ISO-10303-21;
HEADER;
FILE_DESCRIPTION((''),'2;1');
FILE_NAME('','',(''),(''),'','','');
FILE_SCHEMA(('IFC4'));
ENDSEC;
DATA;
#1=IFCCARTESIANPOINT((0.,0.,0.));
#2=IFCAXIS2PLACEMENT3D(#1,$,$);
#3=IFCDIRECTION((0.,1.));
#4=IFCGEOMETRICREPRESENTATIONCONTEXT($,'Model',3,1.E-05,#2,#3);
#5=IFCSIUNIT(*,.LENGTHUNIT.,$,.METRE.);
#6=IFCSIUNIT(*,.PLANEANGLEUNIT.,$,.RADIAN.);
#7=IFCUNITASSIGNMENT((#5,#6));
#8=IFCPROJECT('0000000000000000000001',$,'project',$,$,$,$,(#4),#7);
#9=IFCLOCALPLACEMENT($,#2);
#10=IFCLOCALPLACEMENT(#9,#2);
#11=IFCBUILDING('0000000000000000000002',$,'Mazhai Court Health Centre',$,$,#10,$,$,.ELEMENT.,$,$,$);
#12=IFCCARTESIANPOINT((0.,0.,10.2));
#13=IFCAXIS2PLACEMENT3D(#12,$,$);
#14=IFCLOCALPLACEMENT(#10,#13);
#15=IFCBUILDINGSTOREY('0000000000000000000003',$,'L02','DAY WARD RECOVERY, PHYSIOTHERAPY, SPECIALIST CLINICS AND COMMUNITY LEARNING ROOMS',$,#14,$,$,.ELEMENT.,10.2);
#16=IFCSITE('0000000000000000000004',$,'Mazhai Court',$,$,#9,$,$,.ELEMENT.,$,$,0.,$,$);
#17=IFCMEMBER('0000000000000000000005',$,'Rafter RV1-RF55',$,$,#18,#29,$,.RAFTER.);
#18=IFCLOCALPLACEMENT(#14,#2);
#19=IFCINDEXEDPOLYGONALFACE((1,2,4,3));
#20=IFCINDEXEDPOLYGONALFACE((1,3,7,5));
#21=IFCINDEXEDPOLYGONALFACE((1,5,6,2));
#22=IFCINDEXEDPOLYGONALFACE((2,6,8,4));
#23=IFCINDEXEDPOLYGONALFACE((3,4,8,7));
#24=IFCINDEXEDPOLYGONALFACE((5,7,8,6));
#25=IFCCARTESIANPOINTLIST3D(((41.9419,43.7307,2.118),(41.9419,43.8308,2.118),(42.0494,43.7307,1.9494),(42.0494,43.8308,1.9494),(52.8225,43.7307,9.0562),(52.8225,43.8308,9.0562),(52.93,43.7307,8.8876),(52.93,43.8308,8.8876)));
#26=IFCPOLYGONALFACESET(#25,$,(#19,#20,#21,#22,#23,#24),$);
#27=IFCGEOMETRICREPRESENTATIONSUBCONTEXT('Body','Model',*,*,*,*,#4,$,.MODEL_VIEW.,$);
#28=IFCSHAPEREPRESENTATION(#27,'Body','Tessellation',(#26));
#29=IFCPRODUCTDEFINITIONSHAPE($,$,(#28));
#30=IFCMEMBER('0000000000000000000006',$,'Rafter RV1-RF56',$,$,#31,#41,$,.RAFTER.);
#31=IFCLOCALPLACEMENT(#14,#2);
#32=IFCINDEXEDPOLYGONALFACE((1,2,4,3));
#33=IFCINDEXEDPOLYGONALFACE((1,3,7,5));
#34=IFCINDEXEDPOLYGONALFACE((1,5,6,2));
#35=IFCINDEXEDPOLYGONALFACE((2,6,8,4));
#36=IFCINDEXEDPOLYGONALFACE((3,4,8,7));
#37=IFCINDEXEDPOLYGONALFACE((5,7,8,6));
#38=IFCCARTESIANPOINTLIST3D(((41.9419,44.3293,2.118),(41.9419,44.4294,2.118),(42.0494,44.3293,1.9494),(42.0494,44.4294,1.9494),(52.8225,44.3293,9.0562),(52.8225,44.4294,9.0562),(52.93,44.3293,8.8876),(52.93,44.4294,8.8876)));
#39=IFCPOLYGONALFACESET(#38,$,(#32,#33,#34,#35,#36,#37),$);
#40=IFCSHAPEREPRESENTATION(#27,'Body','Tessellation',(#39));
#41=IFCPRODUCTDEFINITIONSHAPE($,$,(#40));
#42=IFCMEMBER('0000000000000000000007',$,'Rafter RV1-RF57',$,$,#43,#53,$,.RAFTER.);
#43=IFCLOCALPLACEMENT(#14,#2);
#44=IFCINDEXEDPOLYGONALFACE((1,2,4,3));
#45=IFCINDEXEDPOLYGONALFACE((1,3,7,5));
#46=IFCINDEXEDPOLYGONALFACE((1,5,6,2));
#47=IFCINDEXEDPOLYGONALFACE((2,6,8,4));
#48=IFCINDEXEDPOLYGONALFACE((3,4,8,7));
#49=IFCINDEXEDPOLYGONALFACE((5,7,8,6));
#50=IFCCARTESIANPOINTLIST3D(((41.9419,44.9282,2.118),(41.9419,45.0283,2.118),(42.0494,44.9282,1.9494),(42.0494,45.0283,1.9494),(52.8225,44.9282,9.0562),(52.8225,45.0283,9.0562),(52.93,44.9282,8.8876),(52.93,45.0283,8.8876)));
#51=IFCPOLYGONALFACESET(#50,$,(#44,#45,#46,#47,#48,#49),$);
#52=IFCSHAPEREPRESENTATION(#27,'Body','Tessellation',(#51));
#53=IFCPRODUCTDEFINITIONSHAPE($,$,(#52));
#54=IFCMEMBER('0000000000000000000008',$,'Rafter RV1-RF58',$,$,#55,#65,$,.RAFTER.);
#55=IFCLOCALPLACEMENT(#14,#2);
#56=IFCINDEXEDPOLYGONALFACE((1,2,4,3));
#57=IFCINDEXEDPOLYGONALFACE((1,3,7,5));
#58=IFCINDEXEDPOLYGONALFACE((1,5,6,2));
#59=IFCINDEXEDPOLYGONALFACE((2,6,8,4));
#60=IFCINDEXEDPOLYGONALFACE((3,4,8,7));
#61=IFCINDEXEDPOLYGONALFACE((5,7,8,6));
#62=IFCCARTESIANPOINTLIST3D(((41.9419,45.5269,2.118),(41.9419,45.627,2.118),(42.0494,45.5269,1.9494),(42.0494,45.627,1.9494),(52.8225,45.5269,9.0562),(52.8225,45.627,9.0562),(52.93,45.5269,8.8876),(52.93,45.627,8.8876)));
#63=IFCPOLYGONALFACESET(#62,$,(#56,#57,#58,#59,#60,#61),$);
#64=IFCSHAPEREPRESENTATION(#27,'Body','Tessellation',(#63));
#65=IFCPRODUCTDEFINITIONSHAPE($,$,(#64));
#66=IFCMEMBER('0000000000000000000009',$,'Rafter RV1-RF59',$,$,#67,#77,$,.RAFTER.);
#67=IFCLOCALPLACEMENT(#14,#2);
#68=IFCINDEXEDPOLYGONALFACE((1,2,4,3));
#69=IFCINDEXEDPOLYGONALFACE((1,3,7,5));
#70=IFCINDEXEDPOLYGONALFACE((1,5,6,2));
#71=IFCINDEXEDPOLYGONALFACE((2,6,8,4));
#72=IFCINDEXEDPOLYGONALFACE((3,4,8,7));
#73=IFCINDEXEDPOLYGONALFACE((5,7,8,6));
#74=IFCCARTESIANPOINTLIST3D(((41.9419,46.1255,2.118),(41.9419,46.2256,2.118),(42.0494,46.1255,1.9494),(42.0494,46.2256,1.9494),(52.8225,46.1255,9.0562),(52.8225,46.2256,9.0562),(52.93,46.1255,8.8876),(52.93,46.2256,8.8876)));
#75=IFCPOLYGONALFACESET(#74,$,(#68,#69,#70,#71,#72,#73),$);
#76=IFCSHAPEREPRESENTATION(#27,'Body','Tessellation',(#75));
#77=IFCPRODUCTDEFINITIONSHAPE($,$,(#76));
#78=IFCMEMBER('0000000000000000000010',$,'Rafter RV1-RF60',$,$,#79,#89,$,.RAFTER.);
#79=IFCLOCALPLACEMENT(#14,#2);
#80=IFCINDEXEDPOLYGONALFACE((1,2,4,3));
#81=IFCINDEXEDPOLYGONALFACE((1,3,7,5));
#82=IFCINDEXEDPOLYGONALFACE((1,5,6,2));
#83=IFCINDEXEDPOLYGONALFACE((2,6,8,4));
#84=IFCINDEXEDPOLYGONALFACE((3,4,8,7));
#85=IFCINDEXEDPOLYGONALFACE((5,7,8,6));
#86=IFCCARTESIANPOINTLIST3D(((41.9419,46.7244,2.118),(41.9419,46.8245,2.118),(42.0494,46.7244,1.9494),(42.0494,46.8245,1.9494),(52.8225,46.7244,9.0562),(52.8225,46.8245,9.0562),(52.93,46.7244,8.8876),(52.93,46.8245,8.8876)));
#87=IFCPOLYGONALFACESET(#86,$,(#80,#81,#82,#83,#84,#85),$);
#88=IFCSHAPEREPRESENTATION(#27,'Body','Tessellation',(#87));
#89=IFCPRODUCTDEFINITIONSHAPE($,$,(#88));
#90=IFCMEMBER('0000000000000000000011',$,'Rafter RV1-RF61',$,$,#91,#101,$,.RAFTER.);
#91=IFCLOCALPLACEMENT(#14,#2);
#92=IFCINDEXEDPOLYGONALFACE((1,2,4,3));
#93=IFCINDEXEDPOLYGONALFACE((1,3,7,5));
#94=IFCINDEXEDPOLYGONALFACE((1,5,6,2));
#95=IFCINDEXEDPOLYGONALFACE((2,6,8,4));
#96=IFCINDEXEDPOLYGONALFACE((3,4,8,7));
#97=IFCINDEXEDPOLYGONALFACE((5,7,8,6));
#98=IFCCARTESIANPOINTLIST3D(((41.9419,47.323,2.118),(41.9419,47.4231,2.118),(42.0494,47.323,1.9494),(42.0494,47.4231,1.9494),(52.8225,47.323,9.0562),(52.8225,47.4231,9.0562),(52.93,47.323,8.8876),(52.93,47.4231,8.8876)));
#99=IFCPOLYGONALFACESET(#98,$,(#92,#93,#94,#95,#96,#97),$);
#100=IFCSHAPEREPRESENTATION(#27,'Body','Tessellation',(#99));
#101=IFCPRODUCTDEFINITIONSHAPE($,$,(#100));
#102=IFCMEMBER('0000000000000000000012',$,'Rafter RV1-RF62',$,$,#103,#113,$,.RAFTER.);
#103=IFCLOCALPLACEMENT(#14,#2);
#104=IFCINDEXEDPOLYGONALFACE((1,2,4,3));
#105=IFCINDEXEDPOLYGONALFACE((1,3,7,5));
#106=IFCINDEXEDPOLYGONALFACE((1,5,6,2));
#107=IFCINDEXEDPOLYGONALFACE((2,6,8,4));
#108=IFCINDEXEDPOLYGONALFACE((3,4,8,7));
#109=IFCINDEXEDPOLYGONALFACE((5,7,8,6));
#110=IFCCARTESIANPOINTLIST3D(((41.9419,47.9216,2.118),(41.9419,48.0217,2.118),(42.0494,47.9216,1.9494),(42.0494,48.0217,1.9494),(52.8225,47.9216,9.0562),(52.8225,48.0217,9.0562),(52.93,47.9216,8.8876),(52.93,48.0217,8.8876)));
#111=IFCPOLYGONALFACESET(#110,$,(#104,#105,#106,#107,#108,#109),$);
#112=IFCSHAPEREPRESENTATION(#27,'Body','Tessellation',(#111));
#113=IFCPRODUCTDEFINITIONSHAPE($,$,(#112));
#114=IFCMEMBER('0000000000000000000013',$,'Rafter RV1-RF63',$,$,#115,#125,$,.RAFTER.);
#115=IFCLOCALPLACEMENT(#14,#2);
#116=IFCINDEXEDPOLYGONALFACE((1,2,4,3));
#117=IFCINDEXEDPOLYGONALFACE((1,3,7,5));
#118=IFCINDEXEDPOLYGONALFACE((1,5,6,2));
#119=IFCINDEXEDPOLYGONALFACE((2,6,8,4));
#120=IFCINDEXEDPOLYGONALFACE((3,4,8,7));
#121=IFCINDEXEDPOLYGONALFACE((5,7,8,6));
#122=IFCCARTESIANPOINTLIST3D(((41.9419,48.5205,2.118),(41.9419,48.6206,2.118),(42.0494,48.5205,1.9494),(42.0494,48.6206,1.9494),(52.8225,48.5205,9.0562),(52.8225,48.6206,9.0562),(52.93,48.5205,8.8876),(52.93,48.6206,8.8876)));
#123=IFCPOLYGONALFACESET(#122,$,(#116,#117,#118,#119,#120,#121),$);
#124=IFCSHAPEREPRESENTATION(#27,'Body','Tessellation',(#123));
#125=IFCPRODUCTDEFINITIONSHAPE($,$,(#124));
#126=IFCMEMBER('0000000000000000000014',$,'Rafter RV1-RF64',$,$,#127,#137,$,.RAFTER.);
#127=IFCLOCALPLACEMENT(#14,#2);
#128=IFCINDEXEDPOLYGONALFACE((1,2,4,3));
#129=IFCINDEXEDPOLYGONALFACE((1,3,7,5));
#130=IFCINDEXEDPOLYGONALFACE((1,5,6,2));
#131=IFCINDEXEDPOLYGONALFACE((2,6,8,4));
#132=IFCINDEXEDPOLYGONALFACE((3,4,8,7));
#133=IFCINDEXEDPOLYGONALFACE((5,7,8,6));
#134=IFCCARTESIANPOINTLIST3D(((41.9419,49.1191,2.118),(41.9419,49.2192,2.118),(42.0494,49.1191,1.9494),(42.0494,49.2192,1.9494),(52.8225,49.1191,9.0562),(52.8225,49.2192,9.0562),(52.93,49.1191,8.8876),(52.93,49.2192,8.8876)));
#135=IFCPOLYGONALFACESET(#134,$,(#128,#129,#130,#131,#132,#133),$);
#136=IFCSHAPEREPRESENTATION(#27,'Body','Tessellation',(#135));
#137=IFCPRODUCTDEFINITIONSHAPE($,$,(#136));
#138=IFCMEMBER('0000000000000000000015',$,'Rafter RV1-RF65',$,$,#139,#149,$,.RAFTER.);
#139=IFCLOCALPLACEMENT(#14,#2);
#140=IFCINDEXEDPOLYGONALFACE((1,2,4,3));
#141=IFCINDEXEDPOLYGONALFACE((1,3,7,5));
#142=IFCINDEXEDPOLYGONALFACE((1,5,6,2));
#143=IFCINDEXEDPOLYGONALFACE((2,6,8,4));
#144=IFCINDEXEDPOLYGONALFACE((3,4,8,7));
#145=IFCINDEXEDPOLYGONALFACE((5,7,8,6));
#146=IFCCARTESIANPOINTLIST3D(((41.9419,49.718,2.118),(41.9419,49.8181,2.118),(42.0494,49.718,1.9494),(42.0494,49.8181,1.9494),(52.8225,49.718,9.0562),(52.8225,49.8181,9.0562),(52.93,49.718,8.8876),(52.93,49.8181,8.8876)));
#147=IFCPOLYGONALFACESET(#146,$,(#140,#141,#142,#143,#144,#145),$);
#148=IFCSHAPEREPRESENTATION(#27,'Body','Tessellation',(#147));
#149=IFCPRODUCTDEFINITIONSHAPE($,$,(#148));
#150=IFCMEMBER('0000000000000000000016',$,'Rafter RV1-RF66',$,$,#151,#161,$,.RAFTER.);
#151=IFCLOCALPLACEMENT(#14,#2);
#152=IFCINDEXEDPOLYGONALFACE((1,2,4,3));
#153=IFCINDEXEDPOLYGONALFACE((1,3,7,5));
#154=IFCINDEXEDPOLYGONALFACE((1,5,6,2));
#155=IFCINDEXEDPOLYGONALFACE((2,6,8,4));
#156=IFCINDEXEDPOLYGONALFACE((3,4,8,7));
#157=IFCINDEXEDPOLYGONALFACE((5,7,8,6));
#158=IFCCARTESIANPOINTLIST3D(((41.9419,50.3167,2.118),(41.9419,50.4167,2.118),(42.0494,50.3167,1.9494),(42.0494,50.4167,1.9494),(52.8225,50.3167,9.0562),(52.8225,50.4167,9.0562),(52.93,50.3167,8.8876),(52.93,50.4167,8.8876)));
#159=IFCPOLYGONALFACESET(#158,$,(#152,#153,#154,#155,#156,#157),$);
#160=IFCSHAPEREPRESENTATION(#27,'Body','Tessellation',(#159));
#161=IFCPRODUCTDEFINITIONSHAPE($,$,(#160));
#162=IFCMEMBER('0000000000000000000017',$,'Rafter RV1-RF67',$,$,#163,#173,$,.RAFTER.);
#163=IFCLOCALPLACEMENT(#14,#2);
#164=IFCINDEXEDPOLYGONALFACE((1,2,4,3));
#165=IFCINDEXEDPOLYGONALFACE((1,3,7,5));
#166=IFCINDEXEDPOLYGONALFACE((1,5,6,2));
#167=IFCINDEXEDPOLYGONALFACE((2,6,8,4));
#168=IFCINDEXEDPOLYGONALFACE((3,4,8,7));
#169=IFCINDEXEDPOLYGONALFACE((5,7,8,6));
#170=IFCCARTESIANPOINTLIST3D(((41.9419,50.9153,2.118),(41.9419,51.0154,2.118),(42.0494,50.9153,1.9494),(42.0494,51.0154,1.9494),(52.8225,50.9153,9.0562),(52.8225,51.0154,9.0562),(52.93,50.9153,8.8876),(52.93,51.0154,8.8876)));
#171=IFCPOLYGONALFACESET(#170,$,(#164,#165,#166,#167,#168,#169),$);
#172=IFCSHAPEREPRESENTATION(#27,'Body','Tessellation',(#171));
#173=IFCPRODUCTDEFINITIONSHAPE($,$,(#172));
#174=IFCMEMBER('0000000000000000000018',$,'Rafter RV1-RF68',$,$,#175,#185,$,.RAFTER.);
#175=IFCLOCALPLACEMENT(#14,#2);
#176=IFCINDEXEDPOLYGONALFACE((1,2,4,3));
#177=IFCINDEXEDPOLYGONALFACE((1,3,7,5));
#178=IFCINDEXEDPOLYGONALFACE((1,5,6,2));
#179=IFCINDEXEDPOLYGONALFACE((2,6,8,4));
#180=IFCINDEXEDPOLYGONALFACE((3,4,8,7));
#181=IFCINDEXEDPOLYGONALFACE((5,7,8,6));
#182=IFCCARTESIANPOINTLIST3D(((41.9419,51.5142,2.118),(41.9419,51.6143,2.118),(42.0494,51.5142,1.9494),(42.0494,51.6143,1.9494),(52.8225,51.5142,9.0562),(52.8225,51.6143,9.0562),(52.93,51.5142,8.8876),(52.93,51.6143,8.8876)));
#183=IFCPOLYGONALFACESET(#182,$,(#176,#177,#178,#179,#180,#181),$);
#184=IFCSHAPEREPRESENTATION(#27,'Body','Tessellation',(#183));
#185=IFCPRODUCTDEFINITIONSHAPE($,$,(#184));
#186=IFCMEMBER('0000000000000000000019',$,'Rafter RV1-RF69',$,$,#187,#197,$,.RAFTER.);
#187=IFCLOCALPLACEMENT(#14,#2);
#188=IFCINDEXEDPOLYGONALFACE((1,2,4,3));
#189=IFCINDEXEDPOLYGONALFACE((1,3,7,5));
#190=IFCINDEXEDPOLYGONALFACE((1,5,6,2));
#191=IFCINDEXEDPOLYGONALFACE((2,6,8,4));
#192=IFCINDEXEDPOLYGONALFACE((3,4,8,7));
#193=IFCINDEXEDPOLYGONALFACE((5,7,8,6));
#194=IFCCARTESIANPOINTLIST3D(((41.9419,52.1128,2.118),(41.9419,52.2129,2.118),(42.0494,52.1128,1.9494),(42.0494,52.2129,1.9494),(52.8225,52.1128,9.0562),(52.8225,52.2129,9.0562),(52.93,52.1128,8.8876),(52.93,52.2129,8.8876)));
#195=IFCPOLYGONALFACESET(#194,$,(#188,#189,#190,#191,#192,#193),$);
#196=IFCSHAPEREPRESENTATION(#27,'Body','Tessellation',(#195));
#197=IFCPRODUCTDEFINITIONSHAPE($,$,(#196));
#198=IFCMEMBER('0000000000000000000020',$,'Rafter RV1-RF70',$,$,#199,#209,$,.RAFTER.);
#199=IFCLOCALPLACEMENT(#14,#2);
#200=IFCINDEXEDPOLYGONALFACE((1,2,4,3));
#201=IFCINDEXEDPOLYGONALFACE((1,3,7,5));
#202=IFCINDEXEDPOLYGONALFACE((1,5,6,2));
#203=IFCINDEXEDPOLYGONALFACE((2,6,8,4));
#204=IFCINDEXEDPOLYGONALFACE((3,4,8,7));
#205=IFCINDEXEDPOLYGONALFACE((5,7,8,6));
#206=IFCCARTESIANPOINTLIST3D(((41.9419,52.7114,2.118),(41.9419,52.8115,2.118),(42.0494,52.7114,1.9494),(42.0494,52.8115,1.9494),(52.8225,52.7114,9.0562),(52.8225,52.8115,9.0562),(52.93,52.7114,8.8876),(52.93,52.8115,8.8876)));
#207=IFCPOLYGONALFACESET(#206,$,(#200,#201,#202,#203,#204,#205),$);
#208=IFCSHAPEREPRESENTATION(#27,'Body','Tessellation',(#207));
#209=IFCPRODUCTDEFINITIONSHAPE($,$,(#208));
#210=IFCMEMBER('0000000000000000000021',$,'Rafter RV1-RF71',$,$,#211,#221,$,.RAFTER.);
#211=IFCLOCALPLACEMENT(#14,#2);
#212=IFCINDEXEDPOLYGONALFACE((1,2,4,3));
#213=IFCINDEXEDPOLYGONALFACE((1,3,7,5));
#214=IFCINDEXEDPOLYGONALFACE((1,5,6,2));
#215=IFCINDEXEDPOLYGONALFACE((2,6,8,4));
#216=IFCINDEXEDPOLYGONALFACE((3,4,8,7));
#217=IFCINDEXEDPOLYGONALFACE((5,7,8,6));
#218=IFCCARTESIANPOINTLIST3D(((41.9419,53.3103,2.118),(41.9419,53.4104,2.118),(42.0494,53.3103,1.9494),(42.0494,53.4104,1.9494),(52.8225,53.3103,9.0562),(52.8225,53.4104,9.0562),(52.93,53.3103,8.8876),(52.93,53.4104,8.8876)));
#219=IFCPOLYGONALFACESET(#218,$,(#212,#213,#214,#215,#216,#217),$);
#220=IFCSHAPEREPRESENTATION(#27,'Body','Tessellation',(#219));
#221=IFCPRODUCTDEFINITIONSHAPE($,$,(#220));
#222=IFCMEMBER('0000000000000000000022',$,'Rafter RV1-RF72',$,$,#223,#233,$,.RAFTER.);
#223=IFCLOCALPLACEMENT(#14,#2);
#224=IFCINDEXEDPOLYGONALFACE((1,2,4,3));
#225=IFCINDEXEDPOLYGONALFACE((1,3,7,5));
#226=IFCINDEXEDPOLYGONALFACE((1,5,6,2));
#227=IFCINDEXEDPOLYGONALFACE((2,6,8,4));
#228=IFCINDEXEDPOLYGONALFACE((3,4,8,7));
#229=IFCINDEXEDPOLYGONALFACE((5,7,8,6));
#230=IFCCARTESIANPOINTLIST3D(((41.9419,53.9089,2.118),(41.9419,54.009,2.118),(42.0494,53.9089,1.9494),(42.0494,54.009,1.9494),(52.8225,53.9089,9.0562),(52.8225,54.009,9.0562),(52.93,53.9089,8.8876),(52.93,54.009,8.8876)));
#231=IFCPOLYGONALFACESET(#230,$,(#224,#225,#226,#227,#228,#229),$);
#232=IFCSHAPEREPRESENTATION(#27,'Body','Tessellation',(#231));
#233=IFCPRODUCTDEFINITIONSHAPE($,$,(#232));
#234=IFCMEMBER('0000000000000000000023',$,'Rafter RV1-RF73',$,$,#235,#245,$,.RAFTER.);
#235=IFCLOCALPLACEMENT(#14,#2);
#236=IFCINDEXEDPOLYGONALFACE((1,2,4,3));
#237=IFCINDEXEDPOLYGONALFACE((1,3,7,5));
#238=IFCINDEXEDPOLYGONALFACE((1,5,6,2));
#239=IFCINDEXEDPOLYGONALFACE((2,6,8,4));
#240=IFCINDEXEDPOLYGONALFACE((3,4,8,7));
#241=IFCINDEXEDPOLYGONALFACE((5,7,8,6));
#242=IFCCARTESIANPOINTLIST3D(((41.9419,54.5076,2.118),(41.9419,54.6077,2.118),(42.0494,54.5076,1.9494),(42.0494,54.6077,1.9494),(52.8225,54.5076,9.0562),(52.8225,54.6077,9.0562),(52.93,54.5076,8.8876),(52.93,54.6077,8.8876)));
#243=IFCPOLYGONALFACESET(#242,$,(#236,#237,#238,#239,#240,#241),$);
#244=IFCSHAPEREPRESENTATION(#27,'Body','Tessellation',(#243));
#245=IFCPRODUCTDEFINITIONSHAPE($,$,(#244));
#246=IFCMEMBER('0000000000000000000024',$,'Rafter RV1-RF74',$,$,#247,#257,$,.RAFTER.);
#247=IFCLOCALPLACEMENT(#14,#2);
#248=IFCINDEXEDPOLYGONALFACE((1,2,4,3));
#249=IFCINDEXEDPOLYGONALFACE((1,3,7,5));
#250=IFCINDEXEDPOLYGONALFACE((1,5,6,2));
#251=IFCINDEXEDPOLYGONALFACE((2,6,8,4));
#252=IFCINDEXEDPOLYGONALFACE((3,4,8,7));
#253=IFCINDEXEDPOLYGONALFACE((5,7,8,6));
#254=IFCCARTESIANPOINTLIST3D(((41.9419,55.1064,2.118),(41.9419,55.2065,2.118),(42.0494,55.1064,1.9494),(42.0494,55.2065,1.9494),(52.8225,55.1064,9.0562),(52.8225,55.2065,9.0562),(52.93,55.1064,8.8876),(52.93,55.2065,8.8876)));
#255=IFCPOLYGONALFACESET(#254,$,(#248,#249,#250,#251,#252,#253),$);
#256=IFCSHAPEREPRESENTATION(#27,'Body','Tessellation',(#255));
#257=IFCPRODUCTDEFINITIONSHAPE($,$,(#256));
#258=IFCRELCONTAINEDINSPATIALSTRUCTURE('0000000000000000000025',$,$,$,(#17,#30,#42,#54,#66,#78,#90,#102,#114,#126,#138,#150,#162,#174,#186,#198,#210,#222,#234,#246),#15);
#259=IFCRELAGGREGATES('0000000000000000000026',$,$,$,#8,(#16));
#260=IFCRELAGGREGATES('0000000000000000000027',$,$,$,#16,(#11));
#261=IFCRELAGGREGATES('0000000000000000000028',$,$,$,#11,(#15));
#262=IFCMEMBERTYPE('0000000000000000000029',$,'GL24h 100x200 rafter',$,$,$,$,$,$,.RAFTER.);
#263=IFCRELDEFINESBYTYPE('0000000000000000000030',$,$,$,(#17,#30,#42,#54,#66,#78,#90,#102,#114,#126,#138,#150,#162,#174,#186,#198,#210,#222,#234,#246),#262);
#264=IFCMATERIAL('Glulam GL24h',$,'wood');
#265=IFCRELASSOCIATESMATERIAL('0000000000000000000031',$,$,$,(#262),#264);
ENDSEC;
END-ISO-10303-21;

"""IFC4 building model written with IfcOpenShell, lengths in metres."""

from ifc_helpers import new_model, si_unit, direction, frame, origin, origin_2d, place, context, subcontext, project, spatial, rectangle, extrude, material, material_profile, profile_set, type_object, element, save


model = new_model("IFC4")

# Units and contexts
model_context = context("Model", 3, precision=1e-05, world=origin(), true_north=direction((0.0, 1.0)))
body_context = subcontext(model_context, "Body", "Model", "MODEL_VIEW")
ifc_project = project(units=[si_unit("LENGTHUNIT", "METRE"), si_unit("PLANEANGLEUNIT", "RADIAN")], contexts=[model_context])

# Site, building, storey
site_placement = place(None, origin())
site = spatial("IfcSite", under=ifc_project, at=site_placement, Name="Mazhai Court", CompositionType="ELEMENT", RefElevation=0.0)
building_placement = place(site_placement, origin())
building = spatial("IfcBuilding", under=site, at=building_placement, Name="Mazhai Court Health Centre", CompositionType="ELEMENT")
storey_placement = place(building_placement, frame((0.0, 0.0, 10.2)))
storey = spatial("IfcBuildingStorey", under=building, at=storey_placement, Name="L02", Description="DAY WARD RECOVERY, PHYSIOTHERAPY, SPECIALIST CLINICS AND COMMUNITY LEARNING ROOMS", CompositionType="ELEMENT", Elevation=10.2)

# Members
ifc_material = material(Name="Glulam GL24h", Category="wood")
ifc_material_profile = material_profile(ifc_material, rectangle(XDim=0.1001, YDim=0.2, at=origin_2d()), Name="GL24h 100x200")
ifc_profile_set = profile_set([ifc_material_profile], Name="Glulam GL24h")
member_type = type_object("IfcMemberType", Name="GL24h 100x200 rafter", PredefinedType="RAFTER", material=ifc_profile_set)
for number, where, z_axis, x_axis, name in (
    (1, (41.9956, 43.7808, 2.0337), (0.843163, 0.0, 0.537659), (0.0, 1.0, 0.0), "Rafter RV1-RF55"),
    (2, (41.9956, 44.3794, 2.0337), (0.843163, 0.0, 0.537659), (0.0, 1.0, 0.0), "Rafter RV1-RF56"),
    (3, (41.9956, 44.9783, 2.0337), (0.843163, 0.0, 0.537659), (0.0, 1.0, 0.0), "Rafter RV1-RF57"),
    (4, (41.9956, 45.5769, 2.0337), (0.843163, 0.0, 0.537659), (0.0, 1.0, 0.0), "Rafter RV1-RF58"),
    (5, (41.9956, 46.1755, 2.0337), (0.843163, 0.0, 0.537659), (0.0, 1.0, 0.0), "Rafter RV1-RF59"),
    (6, (41.9956, 46.7744, 2.0337), (0.843163, 0.0, 0.537659), (0.0, 1.0, 0.0), "Rafter RV1-RF60"),
    (7, (41.9956, 47.373, 2.0337), (0.843163, 0.0, 0.537659), (0.0, 1.0, 0.0), "Rafter RV1-RF61"),
    (8, (41.9956, 47.9717, 2.0337), (0.843163, 0.0, 0.537659), (0.0, 1.0, 0.0), "Rafter RV1-RF62"),
    (9, (41.9956, 48.5706, 2.0337), (0.843163, 0.0, 0.537659), (0.0, 1.0, 0.0), "Rafter RV1-RF63"),
    (10, (41.9956, 49.1692, 2.0337), (0.843163, 0.0, 0.537659), (0.0, 1.0, 0.0), "Rafter RV1-RF64"),
    (11, (41.9956, 49.7681, 2.0337), (0.843163, 0.0, 0.537659), (0.0, 1.0, 0.0), "Rafter RV1-RF65"),
    (12, (41.9956, 50.3667, 2.0337), (0.843163, 0.0, 0.537659), (0.0, 1.0, 0.0), "Rafter RV1-RF66"),
    (13, (41.9956, 50.9653, 2.0337), (0.843163, 0.0, 0.537659), (0.0, 1.0, 0.0), "Rafter RV1-RF67"),
    (14, (41.9956, 51.5642, 2.0337), (0.843163, 0.0, 0.537659), (0.0, 1.0, 0.0), "Rafter RV1-RF68"),
    (15, (41.9956, 52.1628, 2.0337), (0.843163, 0.0, 0.537659), (0.0, 1.0, 0.0), "Rafter RV1-RF69"),
    (16, (41.9956, 52.7615, 2.0337), (0.843163, 0.0, 0.537659), (0.0, 1.0, 0.0), "Rafter RV1-RF70"),
    (17, (41.9956, 53.3604, 2.0337), (0.843163, 0.0, 0.537659), (0.0, 1.0, 0.0), "Rafter RV1-RF71"),
    (18, (41.9956, 53.959, 2.0337), (0.843163, 0.0, 0.537659), (0.0, 1.0, 0.0), "Rafter RV1-RF72"),
    (19, (41.9956, 54.5576, 2.0337), (0.843163, 0.0, 0.537659), (0.0, 1.0, 0.0), "Rafter RV1-RF73"),
    (20, (41.9956, 55.1565, 2.0337), (0.843163, 0.0, 0.537659), (0.0, 1.0, 0.0), "Rafter RV1-RF74"),
):
    element("IfcMember", number, at=place(storey_placement, frame(where, z_axis=z_axis, x_axis=x_axis)), inside=storey, type_object=member_type, Name=name, PredefinedType="RAFTER", context=body_context, shape_type="SweptSolid", body=[
        extrude(rectangle(XDim=0.1001, YDim=0.2, at=origin_2d()), origin(), (0.0, 0.0, 1.0), 12.9045),
    ])

save(model, "model.ifc")
